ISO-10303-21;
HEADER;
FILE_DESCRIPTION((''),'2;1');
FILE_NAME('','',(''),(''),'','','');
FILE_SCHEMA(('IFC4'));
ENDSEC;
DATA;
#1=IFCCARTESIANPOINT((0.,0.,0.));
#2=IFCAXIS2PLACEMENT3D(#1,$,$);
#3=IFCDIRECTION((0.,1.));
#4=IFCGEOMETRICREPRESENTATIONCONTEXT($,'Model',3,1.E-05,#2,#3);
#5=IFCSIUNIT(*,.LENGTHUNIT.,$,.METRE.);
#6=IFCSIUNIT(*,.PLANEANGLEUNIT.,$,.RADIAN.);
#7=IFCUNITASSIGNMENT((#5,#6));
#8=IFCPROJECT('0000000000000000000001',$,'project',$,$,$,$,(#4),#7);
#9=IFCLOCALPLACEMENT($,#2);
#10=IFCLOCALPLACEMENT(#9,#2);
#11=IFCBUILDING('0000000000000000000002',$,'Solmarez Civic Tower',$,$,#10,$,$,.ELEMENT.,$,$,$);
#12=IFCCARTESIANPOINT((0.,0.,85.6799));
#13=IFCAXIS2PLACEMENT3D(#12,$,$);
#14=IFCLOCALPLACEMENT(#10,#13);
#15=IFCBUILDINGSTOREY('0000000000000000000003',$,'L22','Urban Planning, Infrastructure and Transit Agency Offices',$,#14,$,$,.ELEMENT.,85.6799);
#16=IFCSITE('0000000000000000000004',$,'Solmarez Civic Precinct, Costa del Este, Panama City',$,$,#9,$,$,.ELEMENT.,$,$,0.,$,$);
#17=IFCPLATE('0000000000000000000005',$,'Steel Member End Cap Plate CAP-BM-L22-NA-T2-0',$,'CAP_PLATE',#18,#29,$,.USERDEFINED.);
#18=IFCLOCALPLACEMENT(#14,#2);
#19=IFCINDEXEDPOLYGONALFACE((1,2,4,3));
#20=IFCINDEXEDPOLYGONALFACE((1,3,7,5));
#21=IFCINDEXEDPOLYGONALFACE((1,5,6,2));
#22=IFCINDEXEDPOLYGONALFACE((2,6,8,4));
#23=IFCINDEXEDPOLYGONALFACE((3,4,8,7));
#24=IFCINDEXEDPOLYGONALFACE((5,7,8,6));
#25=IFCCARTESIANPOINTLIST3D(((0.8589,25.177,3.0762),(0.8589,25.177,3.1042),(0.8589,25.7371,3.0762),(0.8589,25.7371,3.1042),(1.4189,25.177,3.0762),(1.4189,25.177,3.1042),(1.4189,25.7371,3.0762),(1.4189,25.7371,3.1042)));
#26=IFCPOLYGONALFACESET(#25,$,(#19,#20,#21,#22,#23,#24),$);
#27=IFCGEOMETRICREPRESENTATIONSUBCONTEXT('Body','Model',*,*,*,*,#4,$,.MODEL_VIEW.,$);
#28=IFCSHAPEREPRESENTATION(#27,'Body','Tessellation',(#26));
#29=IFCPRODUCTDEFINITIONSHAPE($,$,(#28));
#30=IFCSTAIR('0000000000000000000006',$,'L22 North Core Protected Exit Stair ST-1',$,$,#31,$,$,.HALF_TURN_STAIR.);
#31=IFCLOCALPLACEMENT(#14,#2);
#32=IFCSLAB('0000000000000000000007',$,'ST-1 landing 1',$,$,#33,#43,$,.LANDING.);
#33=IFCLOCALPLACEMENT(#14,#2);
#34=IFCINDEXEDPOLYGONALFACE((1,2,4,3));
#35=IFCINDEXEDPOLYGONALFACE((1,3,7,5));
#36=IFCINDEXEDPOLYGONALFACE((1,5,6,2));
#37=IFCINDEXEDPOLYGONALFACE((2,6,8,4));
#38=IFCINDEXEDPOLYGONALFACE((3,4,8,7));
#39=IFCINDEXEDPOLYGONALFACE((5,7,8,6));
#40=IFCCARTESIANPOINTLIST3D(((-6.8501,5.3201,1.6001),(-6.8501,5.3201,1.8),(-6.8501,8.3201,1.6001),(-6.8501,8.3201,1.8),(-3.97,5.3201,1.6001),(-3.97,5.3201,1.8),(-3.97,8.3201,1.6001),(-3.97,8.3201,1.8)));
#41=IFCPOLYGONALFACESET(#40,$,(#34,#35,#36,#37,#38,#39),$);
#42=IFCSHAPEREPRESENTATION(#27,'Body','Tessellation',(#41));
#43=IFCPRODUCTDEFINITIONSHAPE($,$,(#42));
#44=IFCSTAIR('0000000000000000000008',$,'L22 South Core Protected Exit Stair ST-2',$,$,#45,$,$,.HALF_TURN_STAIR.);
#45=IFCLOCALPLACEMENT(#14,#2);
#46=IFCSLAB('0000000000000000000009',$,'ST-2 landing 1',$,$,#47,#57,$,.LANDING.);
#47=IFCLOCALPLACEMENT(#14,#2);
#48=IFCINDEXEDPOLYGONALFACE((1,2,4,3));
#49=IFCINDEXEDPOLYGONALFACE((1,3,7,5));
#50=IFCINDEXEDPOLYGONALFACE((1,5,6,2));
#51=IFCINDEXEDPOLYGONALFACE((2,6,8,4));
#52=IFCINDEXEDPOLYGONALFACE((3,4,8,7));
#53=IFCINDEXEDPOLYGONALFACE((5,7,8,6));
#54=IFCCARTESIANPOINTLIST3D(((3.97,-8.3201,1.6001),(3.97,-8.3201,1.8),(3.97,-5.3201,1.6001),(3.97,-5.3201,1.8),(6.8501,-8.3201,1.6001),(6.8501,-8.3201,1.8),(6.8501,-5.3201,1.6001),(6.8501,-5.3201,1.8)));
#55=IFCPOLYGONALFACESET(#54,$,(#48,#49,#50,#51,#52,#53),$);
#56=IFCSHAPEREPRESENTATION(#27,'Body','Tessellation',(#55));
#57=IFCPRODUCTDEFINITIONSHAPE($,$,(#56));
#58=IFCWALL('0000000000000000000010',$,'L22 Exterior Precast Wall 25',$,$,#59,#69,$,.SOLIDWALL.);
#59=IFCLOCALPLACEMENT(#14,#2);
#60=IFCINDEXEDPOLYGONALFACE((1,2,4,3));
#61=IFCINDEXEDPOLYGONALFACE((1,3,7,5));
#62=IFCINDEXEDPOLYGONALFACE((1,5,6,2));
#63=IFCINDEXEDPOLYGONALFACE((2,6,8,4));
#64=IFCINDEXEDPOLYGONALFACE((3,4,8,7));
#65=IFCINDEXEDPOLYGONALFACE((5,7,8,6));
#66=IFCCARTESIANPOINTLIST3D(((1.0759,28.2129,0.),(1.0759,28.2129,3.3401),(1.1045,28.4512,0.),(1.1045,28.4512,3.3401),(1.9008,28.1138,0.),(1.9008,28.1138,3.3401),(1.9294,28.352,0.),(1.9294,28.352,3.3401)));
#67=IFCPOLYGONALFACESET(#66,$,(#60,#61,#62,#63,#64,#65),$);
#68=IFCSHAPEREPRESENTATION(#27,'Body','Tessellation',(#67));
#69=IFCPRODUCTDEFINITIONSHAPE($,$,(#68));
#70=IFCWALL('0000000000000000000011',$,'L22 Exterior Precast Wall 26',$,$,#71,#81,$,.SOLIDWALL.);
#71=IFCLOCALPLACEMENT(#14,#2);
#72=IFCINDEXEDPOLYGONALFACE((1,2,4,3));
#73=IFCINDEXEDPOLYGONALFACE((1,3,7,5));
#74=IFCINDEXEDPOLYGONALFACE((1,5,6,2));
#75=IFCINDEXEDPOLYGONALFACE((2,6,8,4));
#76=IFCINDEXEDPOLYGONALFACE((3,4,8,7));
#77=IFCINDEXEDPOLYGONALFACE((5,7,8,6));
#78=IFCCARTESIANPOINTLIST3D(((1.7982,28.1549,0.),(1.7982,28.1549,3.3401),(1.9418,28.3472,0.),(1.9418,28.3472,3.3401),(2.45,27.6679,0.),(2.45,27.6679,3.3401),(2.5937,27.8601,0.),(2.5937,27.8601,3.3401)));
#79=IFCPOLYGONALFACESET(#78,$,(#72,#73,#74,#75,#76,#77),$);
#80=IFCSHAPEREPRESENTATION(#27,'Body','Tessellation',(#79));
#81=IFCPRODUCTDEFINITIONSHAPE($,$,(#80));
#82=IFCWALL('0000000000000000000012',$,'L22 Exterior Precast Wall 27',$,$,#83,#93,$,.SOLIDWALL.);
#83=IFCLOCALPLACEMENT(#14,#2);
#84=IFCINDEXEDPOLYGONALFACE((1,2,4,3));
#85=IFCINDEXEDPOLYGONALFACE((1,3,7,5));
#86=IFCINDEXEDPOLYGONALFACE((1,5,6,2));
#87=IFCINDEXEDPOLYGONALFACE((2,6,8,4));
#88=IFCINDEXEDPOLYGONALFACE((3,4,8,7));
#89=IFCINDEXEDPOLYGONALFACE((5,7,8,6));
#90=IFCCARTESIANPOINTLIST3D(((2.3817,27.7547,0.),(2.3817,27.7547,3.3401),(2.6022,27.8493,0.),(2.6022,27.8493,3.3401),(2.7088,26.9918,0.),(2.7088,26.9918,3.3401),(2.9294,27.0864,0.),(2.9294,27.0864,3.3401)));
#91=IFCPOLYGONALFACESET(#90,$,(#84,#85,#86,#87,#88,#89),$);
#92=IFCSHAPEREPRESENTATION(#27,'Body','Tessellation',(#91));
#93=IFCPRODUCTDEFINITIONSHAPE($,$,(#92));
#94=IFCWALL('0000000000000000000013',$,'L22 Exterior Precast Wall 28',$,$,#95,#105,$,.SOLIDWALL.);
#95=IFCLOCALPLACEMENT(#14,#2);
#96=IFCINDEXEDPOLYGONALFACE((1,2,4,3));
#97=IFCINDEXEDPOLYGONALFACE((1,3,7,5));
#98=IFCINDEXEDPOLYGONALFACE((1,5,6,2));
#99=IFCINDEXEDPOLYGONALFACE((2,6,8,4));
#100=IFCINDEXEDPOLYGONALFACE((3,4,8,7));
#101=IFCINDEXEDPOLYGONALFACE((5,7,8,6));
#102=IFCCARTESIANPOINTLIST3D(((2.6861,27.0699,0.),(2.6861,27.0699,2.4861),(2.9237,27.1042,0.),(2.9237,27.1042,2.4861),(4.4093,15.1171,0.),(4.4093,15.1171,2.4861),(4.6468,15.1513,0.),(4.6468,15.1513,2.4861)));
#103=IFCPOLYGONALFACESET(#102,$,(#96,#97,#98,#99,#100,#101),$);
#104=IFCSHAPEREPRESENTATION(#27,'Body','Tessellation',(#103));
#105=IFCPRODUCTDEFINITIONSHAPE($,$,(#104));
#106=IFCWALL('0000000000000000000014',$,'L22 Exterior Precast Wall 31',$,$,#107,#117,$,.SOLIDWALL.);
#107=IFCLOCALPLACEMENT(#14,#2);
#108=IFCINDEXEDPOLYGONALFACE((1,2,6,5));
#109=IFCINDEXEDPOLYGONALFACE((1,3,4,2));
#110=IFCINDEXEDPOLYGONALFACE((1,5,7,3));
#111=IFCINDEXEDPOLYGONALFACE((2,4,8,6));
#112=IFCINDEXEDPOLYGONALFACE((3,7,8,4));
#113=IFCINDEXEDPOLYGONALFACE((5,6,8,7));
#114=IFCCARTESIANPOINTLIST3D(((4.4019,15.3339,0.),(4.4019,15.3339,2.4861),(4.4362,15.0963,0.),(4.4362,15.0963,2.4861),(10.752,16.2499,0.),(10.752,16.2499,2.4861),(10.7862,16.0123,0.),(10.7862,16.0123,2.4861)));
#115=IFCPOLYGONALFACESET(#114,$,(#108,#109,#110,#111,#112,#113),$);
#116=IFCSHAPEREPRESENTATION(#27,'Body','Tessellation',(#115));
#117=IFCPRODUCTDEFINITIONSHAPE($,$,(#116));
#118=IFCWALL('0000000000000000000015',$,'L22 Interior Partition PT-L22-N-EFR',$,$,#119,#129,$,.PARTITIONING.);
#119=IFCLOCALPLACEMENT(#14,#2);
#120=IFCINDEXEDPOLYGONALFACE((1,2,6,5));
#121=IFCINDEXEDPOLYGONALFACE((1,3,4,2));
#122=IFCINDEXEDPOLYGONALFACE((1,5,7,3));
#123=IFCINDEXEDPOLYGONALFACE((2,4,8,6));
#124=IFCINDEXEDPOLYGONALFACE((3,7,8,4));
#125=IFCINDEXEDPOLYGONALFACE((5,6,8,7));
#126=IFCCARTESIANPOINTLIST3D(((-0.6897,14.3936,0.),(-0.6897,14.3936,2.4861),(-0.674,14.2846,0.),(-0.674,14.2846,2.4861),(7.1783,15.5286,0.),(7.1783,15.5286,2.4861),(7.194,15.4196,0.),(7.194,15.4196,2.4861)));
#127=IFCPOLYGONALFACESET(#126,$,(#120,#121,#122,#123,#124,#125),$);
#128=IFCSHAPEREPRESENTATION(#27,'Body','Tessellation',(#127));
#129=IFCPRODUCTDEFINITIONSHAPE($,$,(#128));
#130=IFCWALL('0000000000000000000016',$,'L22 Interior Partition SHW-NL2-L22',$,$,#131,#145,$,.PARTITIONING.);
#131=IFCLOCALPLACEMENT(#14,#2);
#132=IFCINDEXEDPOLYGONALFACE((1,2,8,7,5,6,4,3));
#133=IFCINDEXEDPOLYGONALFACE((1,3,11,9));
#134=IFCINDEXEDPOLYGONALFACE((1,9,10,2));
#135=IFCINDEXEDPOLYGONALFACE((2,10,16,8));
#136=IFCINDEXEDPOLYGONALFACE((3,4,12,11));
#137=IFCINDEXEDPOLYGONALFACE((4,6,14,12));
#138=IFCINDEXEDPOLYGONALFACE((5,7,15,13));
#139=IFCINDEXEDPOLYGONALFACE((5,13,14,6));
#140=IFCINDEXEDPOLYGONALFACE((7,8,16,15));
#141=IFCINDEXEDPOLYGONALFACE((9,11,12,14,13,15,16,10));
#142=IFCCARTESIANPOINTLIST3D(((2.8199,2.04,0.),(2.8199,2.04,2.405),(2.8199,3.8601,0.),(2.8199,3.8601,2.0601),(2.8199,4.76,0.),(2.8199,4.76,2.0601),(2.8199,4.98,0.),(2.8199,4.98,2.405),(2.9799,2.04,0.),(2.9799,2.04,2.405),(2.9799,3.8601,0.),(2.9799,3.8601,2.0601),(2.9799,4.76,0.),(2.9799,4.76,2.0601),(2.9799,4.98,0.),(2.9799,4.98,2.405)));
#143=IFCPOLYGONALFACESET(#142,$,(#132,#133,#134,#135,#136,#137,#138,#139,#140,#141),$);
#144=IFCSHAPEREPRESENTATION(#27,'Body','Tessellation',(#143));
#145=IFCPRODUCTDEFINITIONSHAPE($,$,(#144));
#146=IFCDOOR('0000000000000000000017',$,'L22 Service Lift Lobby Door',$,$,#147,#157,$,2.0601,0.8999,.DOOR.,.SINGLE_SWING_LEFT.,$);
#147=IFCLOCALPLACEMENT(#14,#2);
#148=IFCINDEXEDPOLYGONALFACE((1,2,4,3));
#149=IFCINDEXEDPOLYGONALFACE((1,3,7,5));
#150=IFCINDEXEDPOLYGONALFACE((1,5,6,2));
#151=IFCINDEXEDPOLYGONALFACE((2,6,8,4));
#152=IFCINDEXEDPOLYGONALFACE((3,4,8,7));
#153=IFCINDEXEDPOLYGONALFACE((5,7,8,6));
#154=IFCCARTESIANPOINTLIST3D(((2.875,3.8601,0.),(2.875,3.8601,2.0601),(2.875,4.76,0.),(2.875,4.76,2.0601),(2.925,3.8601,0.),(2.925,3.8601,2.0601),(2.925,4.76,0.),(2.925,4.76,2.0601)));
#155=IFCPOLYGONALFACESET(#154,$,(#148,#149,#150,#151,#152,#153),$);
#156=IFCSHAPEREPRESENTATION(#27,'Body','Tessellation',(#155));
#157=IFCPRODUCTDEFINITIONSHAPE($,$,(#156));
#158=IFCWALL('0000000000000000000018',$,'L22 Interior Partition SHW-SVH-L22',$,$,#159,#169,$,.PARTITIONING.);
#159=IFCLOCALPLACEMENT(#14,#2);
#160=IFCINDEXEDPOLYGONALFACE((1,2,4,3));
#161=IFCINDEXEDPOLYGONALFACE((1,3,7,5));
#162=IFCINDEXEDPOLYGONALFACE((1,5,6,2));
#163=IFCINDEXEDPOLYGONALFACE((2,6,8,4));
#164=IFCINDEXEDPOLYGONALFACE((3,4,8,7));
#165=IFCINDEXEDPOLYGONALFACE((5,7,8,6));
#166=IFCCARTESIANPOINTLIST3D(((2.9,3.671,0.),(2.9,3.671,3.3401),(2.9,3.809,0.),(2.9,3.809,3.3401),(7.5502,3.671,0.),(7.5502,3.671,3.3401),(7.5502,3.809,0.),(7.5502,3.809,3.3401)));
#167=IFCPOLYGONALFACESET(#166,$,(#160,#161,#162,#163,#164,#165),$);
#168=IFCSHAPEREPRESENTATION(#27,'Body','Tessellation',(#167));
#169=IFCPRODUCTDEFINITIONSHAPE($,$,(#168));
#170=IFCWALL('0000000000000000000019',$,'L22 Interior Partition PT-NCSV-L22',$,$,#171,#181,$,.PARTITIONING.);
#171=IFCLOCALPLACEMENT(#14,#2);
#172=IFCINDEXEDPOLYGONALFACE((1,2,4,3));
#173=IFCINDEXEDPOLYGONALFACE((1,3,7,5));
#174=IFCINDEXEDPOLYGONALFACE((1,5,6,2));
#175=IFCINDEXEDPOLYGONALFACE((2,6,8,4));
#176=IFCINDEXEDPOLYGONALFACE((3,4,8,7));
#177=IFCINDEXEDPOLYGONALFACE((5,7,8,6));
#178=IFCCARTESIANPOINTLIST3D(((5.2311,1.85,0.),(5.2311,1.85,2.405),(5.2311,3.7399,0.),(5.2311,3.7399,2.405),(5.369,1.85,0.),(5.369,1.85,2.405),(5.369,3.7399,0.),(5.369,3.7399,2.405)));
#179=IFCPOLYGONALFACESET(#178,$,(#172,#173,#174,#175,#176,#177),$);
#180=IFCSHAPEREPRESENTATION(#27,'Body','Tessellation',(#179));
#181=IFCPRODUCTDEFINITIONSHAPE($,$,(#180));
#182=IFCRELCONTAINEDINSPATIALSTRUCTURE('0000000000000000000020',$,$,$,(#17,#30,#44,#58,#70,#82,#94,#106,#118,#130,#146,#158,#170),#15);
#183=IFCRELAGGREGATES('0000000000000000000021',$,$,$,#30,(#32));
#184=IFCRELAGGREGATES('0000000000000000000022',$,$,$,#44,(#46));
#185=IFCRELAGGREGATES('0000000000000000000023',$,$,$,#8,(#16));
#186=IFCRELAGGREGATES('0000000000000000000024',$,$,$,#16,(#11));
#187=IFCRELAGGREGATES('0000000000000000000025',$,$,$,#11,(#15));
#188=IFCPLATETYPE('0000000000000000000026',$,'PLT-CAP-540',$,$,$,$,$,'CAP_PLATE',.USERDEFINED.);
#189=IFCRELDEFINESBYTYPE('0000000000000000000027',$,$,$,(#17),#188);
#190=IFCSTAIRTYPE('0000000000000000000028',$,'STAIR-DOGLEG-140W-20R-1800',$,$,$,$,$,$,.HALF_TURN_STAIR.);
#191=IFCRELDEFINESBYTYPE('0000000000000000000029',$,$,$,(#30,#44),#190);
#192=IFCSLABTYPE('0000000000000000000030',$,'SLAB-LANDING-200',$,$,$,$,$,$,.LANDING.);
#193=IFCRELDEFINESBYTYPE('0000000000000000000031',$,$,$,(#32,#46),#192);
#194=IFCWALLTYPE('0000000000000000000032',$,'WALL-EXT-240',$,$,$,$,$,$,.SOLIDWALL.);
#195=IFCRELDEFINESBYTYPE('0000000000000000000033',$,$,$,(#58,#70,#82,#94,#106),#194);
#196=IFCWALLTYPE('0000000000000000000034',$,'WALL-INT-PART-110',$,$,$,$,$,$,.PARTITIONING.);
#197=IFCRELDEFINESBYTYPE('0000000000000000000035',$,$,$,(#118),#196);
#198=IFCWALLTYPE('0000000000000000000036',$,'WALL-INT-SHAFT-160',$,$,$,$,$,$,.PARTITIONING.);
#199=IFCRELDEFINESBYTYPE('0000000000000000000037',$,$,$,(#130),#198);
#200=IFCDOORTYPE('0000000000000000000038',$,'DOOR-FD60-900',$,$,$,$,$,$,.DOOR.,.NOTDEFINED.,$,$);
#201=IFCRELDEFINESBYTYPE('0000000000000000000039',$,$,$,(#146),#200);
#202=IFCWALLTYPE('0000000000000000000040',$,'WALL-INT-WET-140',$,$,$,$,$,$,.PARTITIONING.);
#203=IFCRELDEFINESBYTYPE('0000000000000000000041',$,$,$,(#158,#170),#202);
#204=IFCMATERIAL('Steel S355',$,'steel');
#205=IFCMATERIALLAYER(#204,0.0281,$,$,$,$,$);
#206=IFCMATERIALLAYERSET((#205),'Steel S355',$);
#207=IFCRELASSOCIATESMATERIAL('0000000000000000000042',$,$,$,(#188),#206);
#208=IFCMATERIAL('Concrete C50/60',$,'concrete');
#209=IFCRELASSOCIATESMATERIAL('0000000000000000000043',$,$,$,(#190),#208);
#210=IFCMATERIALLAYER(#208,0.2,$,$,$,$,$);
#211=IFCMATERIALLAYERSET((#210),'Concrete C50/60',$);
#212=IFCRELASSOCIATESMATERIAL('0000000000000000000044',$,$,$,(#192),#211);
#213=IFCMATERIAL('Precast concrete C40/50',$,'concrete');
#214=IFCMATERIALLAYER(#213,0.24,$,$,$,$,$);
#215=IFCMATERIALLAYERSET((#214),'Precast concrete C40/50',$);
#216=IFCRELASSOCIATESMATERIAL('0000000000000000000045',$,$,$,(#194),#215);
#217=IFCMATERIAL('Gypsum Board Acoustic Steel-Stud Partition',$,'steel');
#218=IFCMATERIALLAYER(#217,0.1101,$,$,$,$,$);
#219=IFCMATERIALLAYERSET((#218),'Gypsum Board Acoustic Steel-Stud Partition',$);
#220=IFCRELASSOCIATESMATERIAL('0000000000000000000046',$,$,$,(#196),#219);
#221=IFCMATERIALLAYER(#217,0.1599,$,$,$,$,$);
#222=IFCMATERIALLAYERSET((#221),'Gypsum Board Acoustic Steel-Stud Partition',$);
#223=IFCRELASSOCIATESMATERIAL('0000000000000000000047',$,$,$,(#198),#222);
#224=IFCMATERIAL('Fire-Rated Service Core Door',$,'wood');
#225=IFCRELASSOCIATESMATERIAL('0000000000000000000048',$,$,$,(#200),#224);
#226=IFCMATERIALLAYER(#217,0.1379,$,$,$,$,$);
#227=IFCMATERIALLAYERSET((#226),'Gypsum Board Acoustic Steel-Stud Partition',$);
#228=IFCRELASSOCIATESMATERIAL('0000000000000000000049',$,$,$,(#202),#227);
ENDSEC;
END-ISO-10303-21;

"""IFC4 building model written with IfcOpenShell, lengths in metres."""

from ifc_helpers import new_model, si_unit, direction, frame, frame_2d, origin, origin_2d, place, context, subcontext, project, spatial, polyline, rectangle, outline, extrude, material, layer, layer_set, type_object, element, fill, aggregate, save


model = new_model("IFC4")

# Units and contexts
model_context = context("Model", 3, precision=1e-05, world=origin(), true_north=direction((0.0, 1.0)))
body_context = subcontext(model_context, "Body", "Model", "MODEL_VIEW")
ifc_project = project(units=[si_unit("LENGTHUNIT", "METRE"), si_unit("PLANEANGLEUNIT", "RADIAN")], contexts=[model_context])

# Site, building, storey
site_placement = place(None, origin())
site = spatial("IfcSite", under=ifc_project, at=site_placement, Name="Solmarez Civic Precinct, Costa del Este, Panama City", CompositionType="ELEMENT", RefElevation=0.0)
building_placement = place(site_placement, origin())
building = spatial("IfcBuilding", under=site, at=building_placement, Name="Solmarez Civic Tower", CompositionType="ELEMENT")
storey_placement = place(building_placement, frame((0.0, 0.0, 85.6799)))
storey = spatial("IfcBuildingStorey", under=building, at=storey_placement, Name="L22", Description="Urban Planning, Infrastructure and Transit Agency Offices", CompositionType="ELEMENT", Elevation=85.6799)

# Shared definitions
ifc_material_1 = material(Name="Steel S355", Category="steel")

# Plate
ifc_layer_1 = layer(ifc_material_1, 0.0281)
ifc_layer_set_1 = layer_set([ifc_layer_1], Name="Steel S355")
plate_type_1 = type_object("IfcPlateType", Name="PLT-CAP-540", ElementType="CAP_PLATE", PredefinedType="USERDEFINED", material=ifc_layer_set_1)
plate_placement = place(storey_placement, frame((1.1389, 25.457, 3.0762), z_axis=(0.0, 0.0, 1.0), x_axis=(1.0, 0.0, 0.0)))
element("IfcPlate", 1, at=plate_placement, inside=storey, type_object=plate_type_1, Name="Steel Member End Cap Plate CAP-BM-L22-NA-T2-0", ObjectType="CAP_PLATE", PredefinedType="USERDEFINED", context=body_context, shape_type="SweptSolid", body=[
    extrude(rectangle(XDim=0.5601, YDim=0.5601, at=origin_2d()), origin(), (0.0, 0.0, 1.0), 0.0281),
])

# Stairs, slabs
ifc_material_2 = material(Name="Concrete C50/60", Category="concrete")
stair_type = type_object("IfcStairType", Name="STAIR-DOGLEG-140W-20R-1800", PredefinedType="HALF_TURN_STAIR", material=ifc_material_2)
stair_1_placement = place(storey_placement, origin())
stair_1 = element("IfcStair", 2, at=stair_1_placement, inside=storey, type_object=stair_type, Name="L22 North Core Protected Exit Stair ST-1", PredefinedType="HALF_TURN_STAIR")
ifc_layer_2 = layer(ifc_material_2, 0.2)
ifc_layer_set_2 = layer_set([ifc_layer_2], Name="Concrete C50/60")
slab_type = type_object("IfcSlabType", Name="SLAB-LANDING-200", PredefinedType="LANDING", material=ifc_layer_set_2)
slab_1_placement = place(storey_placement, frame((0.0, 0.0, 1.6001)))
slab_1 = element("IfcSlab", 3, at=slab_1_placement, type_object=slab_type, Name="ST-1 landing 1", PredefinedType="LANDING", context=body_context, shape_type="SweptSolid", body=[
    extrude(outline(polyline([(-3.97, 8.3201), (-6.8501, 8.3201), (-6.8501, 5.3201), (-3.97, 5.3201), (-3.97, 8.3201)])), origin(), (0.0, 0.0, 1.0), 0.2),
])
aggregate(stair_1, [slab_1])
stair_2_placement = place(storey_placement, origin())
stair_2 = element("IfcStair", 4, at=stair_2_placement, inside=storey, type_object=stair_type, Name="L22 South Core Protected Exit Stair ST-2", PredefinedType="HALF_TURN_STAIR")
slab_2_placement = place(storey_placement, frame((0.0, 0.0, 1.6001)))
slab_2 = element("IfcSlab", 5, at=slab_2_placement, type_object=slab_type, Name="ST-2 landing 1", PredefinedType="LANDING", context=body_context, shape_type="SweptSolid", body=[
    extrude(outline(polyline([(3.97, -8.3201), (6.8501, -8.3201), (6.8501, -5.3201), (3.97, -5.3201), (3.97, -8.3201)])), origin(), (0.0, 0.0, 1.0), 0.2),
])
aggregate(stair_2, [slab_2])

# Walls
ifc_material_3 = material(Name="Precast concrete C40/50", Category="concrete")
ifc_layer_3 = layer(ifc_material_3, 0.24)
ifc_layer_set_3 = layer_set([ifc_layer_3], Name="Precast concrete C40/50")
wall_type_1 = type_object("IfcWallType", Name="WALL-EXT-240", PredefinedType="SOLIDWALL", material=ifc_layer_set_3)
wall_1_placement = place(storey_placement, frame((1.0901, 28.332, 0.0), z_axis=(0.0, 0.0, 1.0), x_axis=(0.992859, -0.119296, 0.0)))
element("IfcWall", 6, at=wall_1_placement, inside=storey, type_object=wall_type_1, Name="L22 Exterior Precast Wall 25", PredefinedType="SOLIDWALL", context=body_context, shape_type="SweptSolid", body=[
    extrude(rectangle(XDim=0.8308, YDim=0.24, at=frame_2d((0.4155, 0.0))), origin(), (0.0, 0.0, 1.0), 3.3401),
])
wall_2_placement = place(storey_placement, frame((1.8701, 28.251, 0.0), z_axis=(0.0, 0.0, 1.0), x_axis=(0.801079, -0.598559, 0.0)))
element("IfcWall", 7, at=wall_2_placement, inside=storey, type_object=wall_type_1, Name="L22 Exterior Precast Wall 26", PredefinedType="SOLIDWALL", context=body_context, shape_type="SweptSolid", body=[
    extrude(rectangle(XDim=0.8137, YDim=0.24, at=frame_2d((0.4067, 0.0))), origin(), (0.0, 0.0, 1.0), 3.3401),
])
wall_3_placement = place(storey_placement, frame((2.4919, 27.802, 0.0), z_axis=(0.0, 0.0, 1.0), x_axis=(0.394097, -0.919069, 0.0)))
element("IfcWall", 8, at=wall_3_placement, inside=storey, type_object=wall_type_1, Name="L22 Exterior Precast Wall 27", PredefinedType="SOLIDWALL", context=body_context, shape_type="SweptSolid", body=[
    extrude(rectangle(XDim=0.8301, YDim=0.24, at=frame_2d((0.415, 0.0))), origin(), (0.0, 0.0, 1.0), 3.3401),
])
wall_4_placement = place(storey_placement, frame((2.8049, 27.0869, 0.0), z_axis=(0.0, 0.0, 1.0), x_axis=(0.142686, -0.989768, 0.0)))
element("IfcWall", 9, at=wall_4_placement, inside=storey, type_object=wall_type_1, Name="L22 Exterior Precast Wall 28", PredefinedType="SOLIDWALL", context=body_context, shape_type="SweptSolid", body=[
    extrude(rectangle(XDim=12.0764, YDim=0.24, at=frame_2d((6.0381, 0.0))), origin(), (0.0, 0.0, 1.0), 2.4861),
])
wall_5_placement = place(storey_placement, frame((4.4189, 15.2151, 0.0), z_axis=(0.0, 0.0, 1.0), x_axis=(0.989755, 0.142774, 0.0)))
element("IfcWall", 10, at=wall_5_placement, inside=storey, type_object=wall_type_1, Name="L22 Exterior Precast Wall 31", PredefinedType="SOLIDWALL", context=body_context, shape_type="SweptSolid", body=[
    extrude(rectangle(XDim=6.4158, YDim=0.24, at=frame_2d((3.208, 0.0))), origin(), (0.0, 0.0, 1.0), 2.4861),
])
ifc_material_4 = material(Name="Gypsum Board Acoustic Steel-Stud Partition", Category="steel")
ifc_layer_4 = layer(ifc_material_4, 0.1101)
ifc_layer_set_4 = layer_set([ifc_layer_4], Name="Gypsum Board Acoustic Steel-Stud Partition")
wall_type_2 = type_object("IfcWallType", Name="WALL-INT-PART-110", PredefinedType="PARTITIONING", material=ifc_layer_set_4)
wall_6_placement = place(storey_placement, frame((7.186, 15.4741, 0.0), z_axis=(0.0, 0.0, 1.0), x_axis=(-0.989754, -0.14278, 0.0)))
element("IfcWall", 11, at=wall_6_placement, inside=storey, type_object=wall_type_2, Name="L22 Interior Partition PT-L22-N-EFR", PredefinedType="PARTITIONING", context=body_context, shape_type="SweptSolid", body=[
    extrude(rectangle(XDim=7.9495, YDim=0.1101, at=frame_2d((3.9746, 0.0))), origin(), (0.0, 0.0, 1.0), 2.4861),
])

# Wall, opening, door
ifc_layer_5 = layer(ifc_material_4, 0.1599)
ifc_layer_set_5 = layer_set([ifc_layer_5], Name="Gypsum Board Acoustic Steel-Stud Partition")
wall_type_3 = type_object("IfcWallType", Name="WALL-INT-SHAFT-160", PredefinedType="PARTITIONING", material=ifc_layer_set_5)
wall_7_placement = place(storey_placement, frame((2.8999, 2.04, 0.0), z_axis=(0.0, 0.0, 1.0), x_axis=(0.0, 1.0, 0.0)))
wall_7 = element("IfcWall", 12, at=wall_7_placement, inside=storey, type_object=wall_type_3, Name="L22 Interior Partition SHW-NL2-L22", PredefinedType="PARTITIONING", context=body_context, shape_type="SweptSolid", body=[
    extrude(rectangle(XDim=2.9399, YDim=0.1599, at=frame_2d((1.47, 0.0))), origin(), (0.0, 0.0, 1.0), 2.405),
])
opening_placement = place(wall_7_placement, frame((1.8201, 0.0, 0.0)))
opening = element("IfcOpeningElement", 13, at=opening_placement, cuts=wall_7, PredefinedType="OPENING", context=body_context, shape_type="SweptSolid", body=[
    extrude(rectangle(XDim=0.8999, YDim=2.0601, at=frame_2d((0.45, 1.03))), frame((0.0, 0.0898, 0.0), z_axis=(0.0, -1.0, 0.0), x_axis=(1.0, 0.0, 0.0)), (0.0, 0.0, 1.0), 0.1799),
])
ifc_material_5 = material(Name="Fire-Rated Service Core Door", Category="wood")
door_type = type_object("IfcDoorType", Name="DOOR-FD60-900", OperationType="NOTDEFINED", PredefinedType="DOOR", material=ifc_material_5)
door_placement = place(opening_placement, origin())
door = element("IfcDoor", 14, at=door_placement, inside=storey, type_object=door_type, Name="L22 Service Lift Lobby Door", OperationType="SINGLE_SWING_LEFT", OverallHeight=2.0601, OverallWidth=0.8999, PredefinedType="DOOR", context=body_context, shape_type="SweptSolid", body=[
    extrude(rectangle(XDim=0.8999, YDim=2.0601, at=frame_2d((0.45, 1.03))), frame((0.0, 0.0249, 0.0), z_axis=(0.0, -1.0, 0.0), x_axis=(1.0, 0.0, 0.0)), (0.0, 0.0, 1.0), 0.05),
])
fill(opening, door)

# Walls
ifc_layer_6 = layer(ifc_material_4, 0.1379)
ifc_layer_set_6 = layer_set([ifc_layer_6], Name="Gypsum Board Acoustic Steel-Stud Partition")
wall_type_4 = type_object("IfcWallType", Name="WALL-INT-WET-140", PredefinedType="PARTITIONING", material=ifc_layer_set_6)
wall_8_placement = place(storey_placement, frame((2.8999, 3.74, 0.0), z_axis=(0.0, 0.0, 1.0), x_axis=(1.0, 0.0, 0.0)))
element("IfcWall", 15, at=wall_8_placement, inside=storey, type_object=wall_type_4, Name="L22 Interior Partition SHW-SVH-L22", PredefinedType="PARTITIONING", context=body_context, shape_type="SweptSolid", body=[
    extrude(rectangle(XDim=4.6501, YDim=0.1379, at=frame_2d((2.3252, 0.0))), origin(), (0.0, 0.0, 1.0), 3.3401),
])
wall_9_placement = place(storey_placement, frame((5.3, 1.8501, 0.0), z_axis=(0.0, 0.0, 1.0), x_axis=(0.0, 1.0, 0.0)))
element("IfcWall", 16, at=wall_9_placement, inside=storey, type_object=wall_type_4, Name="L22 Interior Partition PT-NCSV-L22", PredefinedType="PARTITIONING", context=body_context, shape_type="SweptSolid", body=[
    extrude(rectangle(XDim=1.8899, YDim=0.1379, at=frame_2d((0.9448, 0.0))), origin(), (0.0, 0.0, 1.0), 2.405),
])

save(model, "model.ifc")
